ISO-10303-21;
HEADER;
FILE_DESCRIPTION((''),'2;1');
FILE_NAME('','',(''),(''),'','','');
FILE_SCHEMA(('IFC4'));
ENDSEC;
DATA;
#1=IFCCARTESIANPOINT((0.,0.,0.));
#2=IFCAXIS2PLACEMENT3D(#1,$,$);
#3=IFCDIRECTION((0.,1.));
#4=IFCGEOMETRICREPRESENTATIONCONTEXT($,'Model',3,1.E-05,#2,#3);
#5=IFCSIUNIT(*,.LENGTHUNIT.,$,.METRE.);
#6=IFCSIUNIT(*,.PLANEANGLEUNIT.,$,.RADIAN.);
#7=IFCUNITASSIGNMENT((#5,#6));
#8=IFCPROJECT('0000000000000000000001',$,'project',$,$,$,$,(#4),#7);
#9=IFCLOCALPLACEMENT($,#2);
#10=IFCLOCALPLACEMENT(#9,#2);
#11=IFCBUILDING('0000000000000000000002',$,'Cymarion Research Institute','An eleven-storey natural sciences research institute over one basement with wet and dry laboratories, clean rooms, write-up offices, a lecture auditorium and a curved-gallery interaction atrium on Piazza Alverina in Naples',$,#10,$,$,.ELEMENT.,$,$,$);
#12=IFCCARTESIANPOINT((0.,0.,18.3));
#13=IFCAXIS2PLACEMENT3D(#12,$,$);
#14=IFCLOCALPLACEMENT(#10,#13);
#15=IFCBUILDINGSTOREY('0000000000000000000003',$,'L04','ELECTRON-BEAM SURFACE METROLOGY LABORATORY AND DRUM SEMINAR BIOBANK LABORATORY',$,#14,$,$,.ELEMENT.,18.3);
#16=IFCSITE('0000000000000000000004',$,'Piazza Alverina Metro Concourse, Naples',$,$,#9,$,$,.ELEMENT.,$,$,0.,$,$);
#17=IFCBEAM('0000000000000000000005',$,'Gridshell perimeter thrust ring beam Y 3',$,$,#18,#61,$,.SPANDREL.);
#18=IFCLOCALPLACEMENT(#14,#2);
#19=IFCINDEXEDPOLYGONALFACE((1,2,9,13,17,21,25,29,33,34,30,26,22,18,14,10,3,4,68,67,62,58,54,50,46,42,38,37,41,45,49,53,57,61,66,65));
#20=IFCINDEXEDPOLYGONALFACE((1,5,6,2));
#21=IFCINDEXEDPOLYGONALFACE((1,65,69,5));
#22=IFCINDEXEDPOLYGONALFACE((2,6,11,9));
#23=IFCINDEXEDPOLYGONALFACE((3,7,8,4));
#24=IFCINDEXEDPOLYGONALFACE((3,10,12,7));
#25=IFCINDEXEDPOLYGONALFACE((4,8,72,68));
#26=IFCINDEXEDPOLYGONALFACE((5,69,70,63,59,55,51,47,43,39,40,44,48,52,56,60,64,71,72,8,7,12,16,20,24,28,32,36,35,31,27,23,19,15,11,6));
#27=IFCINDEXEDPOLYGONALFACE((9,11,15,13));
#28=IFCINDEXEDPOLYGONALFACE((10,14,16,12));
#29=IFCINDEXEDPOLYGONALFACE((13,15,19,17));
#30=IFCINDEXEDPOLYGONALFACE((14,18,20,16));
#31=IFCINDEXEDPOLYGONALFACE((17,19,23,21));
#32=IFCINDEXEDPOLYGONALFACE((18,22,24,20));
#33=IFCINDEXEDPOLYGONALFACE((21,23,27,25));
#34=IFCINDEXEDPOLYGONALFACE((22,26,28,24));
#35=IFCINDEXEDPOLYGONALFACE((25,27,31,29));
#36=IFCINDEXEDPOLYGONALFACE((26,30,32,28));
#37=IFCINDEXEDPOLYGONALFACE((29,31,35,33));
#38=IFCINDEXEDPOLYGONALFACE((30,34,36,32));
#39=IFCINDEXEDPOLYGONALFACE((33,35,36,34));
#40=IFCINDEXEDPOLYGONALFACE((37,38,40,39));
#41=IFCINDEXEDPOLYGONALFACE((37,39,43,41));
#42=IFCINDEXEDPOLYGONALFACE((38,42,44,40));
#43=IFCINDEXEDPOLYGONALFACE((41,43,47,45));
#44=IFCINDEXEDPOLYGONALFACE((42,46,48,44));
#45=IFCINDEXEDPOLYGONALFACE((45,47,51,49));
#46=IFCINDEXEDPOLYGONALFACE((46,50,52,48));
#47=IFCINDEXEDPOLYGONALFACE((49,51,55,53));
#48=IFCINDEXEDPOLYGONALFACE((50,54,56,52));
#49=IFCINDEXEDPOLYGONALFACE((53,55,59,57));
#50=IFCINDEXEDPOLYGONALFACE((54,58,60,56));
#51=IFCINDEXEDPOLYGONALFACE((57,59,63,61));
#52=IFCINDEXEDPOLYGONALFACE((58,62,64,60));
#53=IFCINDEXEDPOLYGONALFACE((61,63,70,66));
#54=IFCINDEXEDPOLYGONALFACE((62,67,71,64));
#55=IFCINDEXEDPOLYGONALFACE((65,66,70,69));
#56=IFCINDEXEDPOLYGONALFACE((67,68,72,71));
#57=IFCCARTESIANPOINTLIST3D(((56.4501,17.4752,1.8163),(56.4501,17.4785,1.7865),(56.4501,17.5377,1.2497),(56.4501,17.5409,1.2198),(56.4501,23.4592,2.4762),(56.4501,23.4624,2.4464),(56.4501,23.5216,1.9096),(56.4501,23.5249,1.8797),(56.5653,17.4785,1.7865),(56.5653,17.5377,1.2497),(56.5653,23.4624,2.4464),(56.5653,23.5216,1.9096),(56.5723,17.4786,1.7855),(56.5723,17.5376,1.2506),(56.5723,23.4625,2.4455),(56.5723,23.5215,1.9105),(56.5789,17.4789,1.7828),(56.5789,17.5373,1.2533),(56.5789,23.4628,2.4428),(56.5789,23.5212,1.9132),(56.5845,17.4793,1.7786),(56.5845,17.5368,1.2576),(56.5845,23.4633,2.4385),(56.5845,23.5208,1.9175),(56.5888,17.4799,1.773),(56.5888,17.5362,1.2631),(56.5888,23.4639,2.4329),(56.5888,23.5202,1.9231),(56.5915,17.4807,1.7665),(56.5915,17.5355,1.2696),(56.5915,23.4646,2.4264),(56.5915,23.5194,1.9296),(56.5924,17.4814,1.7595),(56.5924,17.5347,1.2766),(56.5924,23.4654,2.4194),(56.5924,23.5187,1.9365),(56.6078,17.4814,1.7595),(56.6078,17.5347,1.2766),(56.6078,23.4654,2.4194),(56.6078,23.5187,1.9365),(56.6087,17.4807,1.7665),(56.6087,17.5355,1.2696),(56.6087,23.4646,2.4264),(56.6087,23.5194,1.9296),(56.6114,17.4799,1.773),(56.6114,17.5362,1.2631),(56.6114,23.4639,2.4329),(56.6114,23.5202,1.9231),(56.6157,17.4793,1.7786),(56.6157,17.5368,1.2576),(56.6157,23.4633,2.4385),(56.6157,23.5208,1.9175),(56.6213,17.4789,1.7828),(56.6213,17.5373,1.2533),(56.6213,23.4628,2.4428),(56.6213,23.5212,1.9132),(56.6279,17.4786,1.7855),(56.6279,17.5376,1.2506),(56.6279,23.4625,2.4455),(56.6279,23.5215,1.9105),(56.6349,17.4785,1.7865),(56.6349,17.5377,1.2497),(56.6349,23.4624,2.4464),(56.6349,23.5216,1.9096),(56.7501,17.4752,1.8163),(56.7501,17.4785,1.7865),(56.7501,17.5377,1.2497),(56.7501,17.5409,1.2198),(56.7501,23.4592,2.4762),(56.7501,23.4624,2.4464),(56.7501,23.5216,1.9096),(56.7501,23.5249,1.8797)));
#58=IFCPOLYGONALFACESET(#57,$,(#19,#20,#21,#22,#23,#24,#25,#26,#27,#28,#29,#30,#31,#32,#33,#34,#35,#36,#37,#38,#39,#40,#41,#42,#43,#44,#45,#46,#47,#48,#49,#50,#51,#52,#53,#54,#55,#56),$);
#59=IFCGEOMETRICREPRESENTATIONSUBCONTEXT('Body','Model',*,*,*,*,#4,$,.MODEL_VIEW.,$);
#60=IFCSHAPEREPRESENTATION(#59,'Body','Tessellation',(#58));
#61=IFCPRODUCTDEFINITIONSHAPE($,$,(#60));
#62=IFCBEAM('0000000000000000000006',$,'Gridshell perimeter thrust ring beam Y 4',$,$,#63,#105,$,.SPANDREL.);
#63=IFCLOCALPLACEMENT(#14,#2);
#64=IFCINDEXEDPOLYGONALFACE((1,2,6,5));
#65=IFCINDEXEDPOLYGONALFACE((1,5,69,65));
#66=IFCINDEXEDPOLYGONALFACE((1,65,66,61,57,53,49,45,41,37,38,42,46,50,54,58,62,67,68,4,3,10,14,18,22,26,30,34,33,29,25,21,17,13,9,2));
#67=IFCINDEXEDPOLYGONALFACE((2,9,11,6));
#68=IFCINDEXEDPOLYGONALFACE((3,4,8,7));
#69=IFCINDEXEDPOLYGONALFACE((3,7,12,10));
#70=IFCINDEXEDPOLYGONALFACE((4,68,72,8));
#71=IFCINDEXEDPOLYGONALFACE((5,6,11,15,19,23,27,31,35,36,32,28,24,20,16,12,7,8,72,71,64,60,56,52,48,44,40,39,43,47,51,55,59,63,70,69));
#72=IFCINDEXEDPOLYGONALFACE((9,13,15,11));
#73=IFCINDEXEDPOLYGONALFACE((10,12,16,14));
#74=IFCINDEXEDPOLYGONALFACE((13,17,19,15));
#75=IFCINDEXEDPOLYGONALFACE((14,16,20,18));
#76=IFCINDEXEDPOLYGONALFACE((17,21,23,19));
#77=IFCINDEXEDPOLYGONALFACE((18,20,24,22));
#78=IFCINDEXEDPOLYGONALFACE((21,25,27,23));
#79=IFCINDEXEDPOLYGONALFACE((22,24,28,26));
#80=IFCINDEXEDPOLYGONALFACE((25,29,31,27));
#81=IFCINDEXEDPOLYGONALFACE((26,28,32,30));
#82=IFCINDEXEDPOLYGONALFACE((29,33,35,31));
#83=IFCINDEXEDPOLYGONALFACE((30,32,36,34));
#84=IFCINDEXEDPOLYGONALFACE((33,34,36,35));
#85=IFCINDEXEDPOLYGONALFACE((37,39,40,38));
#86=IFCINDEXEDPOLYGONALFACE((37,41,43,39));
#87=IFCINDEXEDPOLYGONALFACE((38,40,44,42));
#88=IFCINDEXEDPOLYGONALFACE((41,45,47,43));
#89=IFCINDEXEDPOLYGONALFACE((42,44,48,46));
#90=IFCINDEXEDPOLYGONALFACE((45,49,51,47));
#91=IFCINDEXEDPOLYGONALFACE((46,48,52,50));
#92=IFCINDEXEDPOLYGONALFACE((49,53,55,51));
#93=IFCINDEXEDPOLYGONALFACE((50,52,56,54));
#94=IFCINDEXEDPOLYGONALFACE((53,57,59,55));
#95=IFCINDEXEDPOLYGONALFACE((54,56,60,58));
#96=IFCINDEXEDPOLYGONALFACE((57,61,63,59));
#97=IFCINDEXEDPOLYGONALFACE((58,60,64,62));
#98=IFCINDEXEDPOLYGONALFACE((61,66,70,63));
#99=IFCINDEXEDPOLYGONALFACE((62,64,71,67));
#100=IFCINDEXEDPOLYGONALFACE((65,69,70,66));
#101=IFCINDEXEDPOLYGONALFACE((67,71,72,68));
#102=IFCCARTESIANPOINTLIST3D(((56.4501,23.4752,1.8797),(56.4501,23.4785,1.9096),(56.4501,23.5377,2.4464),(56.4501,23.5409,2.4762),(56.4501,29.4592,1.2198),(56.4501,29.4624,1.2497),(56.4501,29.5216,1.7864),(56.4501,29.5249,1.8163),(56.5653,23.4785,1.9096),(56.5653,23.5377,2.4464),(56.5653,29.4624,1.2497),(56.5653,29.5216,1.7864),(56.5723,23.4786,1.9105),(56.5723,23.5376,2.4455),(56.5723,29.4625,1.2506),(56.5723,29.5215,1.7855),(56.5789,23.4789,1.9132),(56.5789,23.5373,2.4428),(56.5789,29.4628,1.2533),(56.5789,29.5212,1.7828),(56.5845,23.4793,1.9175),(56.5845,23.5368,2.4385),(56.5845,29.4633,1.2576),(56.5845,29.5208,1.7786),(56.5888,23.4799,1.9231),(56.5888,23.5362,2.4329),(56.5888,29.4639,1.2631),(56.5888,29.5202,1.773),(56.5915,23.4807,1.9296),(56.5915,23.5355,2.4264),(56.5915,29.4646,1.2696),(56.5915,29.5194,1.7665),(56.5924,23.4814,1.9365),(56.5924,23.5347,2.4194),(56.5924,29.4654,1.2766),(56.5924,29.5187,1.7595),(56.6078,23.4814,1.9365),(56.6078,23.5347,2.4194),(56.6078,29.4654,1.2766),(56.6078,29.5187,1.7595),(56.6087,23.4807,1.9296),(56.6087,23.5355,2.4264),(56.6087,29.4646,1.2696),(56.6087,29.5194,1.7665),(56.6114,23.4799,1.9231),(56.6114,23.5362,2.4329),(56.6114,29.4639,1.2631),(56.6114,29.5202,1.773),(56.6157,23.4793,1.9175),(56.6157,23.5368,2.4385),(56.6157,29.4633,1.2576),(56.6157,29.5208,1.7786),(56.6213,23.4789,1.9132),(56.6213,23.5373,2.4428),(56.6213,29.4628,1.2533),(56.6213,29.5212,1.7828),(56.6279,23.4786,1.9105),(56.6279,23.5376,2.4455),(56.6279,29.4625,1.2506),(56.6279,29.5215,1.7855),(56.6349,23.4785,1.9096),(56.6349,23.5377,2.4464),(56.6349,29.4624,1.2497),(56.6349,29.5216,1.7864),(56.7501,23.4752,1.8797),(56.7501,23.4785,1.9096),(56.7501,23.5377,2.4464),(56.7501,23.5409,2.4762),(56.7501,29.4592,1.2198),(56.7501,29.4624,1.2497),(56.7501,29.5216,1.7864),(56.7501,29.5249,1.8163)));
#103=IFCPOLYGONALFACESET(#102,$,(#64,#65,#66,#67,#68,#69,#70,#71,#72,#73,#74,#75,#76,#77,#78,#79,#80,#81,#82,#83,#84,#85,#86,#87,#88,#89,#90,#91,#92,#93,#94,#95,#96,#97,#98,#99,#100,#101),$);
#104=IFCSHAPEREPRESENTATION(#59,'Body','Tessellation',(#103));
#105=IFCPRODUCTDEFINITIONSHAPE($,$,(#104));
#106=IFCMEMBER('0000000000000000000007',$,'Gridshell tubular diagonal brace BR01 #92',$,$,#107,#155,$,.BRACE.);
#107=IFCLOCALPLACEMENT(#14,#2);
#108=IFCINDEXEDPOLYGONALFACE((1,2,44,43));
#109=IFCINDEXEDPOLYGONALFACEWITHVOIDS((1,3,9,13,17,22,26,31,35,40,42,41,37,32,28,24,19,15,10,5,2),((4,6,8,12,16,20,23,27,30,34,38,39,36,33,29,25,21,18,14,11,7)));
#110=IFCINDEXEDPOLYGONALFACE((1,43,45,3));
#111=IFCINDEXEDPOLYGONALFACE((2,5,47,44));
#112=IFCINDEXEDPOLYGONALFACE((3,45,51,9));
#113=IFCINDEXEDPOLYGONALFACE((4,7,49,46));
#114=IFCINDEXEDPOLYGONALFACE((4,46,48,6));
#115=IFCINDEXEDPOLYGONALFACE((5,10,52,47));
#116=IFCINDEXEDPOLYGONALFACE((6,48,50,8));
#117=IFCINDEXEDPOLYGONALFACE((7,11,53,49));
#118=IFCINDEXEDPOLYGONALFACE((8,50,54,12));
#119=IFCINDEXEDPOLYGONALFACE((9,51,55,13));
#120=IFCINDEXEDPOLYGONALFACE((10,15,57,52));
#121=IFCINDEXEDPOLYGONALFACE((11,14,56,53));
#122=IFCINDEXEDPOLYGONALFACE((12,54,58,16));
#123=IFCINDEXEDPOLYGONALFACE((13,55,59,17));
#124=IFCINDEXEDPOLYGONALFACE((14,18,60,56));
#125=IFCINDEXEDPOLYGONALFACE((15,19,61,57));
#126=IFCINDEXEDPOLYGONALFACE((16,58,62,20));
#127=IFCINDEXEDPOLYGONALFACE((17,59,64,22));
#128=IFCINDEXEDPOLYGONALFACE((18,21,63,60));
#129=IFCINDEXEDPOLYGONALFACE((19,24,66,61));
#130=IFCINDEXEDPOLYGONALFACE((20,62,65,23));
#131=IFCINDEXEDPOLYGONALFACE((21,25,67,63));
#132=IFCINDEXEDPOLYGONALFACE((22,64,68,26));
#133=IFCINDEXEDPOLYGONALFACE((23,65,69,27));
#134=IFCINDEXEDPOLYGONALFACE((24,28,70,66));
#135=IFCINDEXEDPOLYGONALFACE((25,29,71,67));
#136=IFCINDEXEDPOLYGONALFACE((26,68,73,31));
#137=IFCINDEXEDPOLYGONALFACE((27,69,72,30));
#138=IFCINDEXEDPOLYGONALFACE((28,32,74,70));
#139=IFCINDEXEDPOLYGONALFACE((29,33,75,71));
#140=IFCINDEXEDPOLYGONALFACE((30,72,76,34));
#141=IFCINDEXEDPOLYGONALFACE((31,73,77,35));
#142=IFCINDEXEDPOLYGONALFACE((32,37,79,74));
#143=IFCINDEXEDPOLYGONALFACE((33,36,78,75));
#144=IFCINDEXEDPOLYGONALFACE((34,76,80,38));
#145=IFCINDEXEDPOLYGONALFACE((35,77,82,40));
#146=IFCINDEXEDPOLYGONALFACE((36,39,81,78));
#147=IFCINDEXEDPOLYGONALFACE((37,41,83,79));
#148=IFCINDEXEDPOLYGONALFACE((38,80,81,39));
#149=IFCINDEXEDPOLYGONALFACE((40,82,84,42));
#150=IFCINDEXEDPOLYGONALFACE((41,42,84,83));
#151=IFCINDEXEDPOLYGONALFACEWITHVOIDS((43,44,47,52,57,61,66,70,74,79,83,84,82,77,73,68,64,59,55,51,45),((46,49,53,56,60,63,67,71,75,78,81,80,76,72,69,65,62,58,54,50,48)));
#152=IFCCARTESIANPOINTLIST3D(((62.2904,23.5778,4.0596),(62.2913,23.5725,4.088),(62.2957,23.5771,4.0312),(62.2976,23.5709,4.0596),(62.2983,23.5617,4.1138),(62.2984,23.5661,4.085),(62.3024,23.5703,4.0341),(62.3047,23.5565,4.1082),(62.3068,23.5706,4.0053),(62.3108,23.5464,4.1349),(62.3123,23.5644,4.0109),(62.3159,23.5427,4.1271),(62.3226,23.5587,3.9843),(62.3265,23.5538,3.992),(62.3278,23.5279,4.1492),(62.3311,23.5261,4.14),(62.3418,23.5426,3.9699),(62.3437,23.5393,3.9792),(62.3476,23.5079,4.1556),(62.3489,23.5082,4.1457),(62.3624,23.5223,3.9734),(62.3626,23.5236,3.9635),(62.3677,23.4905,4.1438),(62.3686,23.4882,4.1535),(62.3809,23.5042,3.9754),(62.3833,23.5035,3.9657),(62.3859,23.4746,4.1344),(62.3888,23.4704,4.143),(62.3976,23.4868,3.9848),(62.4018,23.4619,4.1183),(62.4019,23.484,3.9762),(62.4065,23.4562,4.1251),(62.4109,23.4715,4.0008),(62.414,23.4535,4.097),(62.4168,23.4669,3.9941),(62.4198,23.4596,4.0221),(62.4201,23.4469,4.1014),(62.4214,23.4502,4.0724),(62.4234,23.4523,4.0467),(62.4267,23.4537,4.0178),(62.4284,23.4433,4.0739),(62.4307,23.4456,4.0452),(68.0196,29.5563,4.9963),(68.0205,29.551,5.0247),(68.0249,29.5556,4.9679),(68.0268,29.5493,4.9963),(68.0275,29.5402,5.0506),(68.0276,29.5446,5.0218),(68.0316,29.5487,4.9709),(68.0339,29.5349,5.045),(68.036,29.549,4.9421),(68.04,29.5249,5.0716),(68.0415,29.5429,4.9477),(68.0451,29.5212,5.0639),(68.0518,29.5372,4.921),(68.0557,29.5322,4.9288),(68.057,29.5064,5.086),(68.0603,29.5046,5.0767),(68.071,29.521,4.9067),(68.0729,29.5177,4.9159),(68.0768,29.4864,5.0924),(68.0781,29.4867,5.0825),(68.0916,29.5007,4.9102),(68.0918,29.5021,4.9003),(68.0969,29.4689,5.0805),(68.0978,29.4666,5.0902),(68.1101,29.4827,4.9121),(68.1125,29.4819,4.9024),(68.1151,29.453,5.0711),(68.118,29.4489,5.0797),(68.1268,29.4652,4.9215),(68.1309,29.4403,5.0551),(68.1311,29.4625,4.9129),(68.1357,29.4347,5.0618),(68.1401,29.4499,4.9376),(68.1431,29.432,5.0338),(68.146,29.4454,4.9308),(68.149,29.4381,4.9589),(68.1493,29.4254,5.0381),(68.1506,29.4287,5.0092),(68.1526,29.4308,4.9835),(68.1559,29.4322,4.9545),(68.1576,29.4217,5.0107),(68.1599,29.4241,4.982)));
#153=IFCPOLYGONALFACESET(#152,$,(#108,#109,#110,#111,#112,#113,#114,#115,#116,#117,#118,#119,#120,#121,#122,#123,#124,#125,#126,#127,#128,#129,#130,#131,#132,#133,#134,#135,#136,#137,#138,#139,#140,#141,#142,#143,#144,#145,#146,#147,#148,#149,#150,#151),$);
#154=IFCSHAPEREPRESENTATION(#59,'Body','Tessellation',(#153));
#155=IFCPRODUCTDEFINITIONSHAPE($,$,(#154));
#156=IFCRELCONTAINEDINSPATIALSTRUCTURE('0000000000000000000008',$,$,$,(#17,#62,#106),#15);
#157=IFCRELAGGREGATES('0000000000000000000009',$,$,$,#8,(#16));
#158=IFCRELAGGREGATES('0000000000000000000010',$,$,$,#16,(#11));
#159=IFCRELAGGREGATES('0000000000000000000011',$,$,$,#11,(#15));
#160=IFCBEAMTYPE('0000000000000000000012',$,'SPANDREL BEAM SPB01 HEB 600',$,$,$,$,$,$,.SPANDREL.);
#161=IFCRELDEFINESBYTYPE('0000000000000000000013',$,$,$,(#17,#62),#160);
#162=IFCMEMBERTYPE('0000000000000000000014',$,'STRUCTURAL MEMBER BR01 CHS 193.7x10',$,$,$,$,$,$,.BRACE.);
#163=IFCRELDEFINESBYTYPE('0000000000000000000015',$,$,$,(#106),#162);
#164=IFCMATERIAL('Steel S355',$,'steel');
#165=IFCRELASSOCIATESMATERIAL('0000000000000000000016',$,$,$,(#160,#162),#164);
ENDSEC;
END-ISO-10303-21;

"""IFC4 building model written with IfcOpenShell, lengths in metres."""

from ifc_helpers import new_model, si_unit, direction, frame, origin, origin_2d, place, context, subcontext, project, spatial, hollow_circle, i_section, extrude, material, material_profile, profile_set, type_object, element, save


model = new_model("IFC4")

# Units and contexts
model_context = context("Model", 3, precision=1e-05, world=origin(), true_north=direction((0.0, 1.0)))
body_context = subcontext(model_context, "Body", "Model", "MODEL_VIEW")
ifc_project = project(units=[si_unit("LENGTHUNIT", "METRE"), si_unit("PLANEANGLEUNIT", "RADIAN")], contexts=[model_context])

# Site, building, storey
site_placement = place(None, origin())
site = spatial("IfcSite", under=ifc_project, at=site_placement, Name="Piazza Alverina Metro Concourse, Naples", CompositionType="ELEMENT", RefElevation=0.0)
building_placement = place(site_placement, origin())
building = spatial("IfcBuilding", under=site, at=building_placement, Name="Cymarion Research Institute", Description="An eleven-storey natural sciences research institute over one basement with wet and dry laboratories, clean rooms, write-up offices, a lecture auditorium and a curved-gallery interaction atrium on Piazza Alverina in Naples", CompositionType="ELEMENT")
storey_placement = place(building_placement, frame((0.0, 0.0, 18.3)))
storey = spatial("IfcBuildingStorey", under=building, at=storey_placement, Name="L04", Description="ELECTRON-BEAM SURFACE METROLOGY LABORATORY AND DRUM SEMINAR BIOBANK LABORATORY", CompositionType="ELEMENT", Elevation=18.3)

# Beams
ifc_material_1 = material(Name="Steel S355", Category="steel")
ifc_material_profile_1 = material_profile(ifc_material_1, i_section(OverallWidth=0.3, OverallDepth=0.6001, WebThickness=0.0154, FlangeThickness=0.03, FilletRadius=0.0271, at=origin_2d()), Name="HEB 600")
ifc_profile_set_1 = profile_set([ifc_material_profile_1], Name="Steel S355")
beam_type = type_object("IfcBeamType", Name="SPANDREL BEAM SPB01 HEB 600", PredefinedType="SPANDREL", material=ifc_profile_set_1)
for number, where, z_axis, x_axis, name in (
    (1, (56.6001, 17.5081, 1.5181), (0.0, 0.993974, 0.109617), (-1.0, 0.0, 0.0), "Gridshell perimeter thrust ring beam Y 3"),
    (2, (56.6001, 23.5081, 2.178), (0.0, 0.993974, -0.109617), (-1.0, 0.0, 0.0), "Gridshell perimeter thrust ring beam Y 4"),
):
    element("IfcBeam", number, at=place(storey_placement, frame(where, z_axis=z_axis, x_axis=x_axis)), inside=storey, type_object=beam_type, Name=name, PredefinedType="SPANDREL", context=body_context, shape_type="SweptSolid", body=[
        extrude(i_section(OverallWidth=0.3, OverallDepth=0.6001, WebThickness=0.0154, FlangeThickness=0.03, FilletRadius=0.0271, at=origin_2d()), origin(), (0.0, 0.0, 1.0), 6.0203),
    ])

# Member
ifc_material_profile_2 = material_profile(ifc_material_1, hollow_circle(Radius=0.0969, WallThickness=0.01, at=origin_2d()), Name="CHS 193.7x10")
ifc_profile_set_2 = profile_set([ifc_material_profile_2], Name="Steel S355")
member_type_1 = type_object("IfcMemberType", Name="STRUCTURAL MEMBER BR01 CHS 193.7x10", PredefinedType="BRACE", material=ifc_profile_set_2)
member_1_placement = place(storey_placement, frame((62.3604, 23.5107, 4.0596), z_axis=(0.68751, 0.717422, 0.112412), x_axis=(-0.721998, 0.691895, 0.0)))
element("IfcMember", 3, at=member_1_placement, inside=storey, type_object=member_type_1, Name="Gridshell tubular diagonal brace BR01 #92", PredefinedType="BRACE", context=body_context, shape_type="SweptSolid", body=[
    extrude(hollow_circle(Radius=0.0969, WallThickness=0.01, at=origin_2d()), origin(), (0.0, 0.0, 1.0), 8.3333),
])

save(model, "model.ifc")
